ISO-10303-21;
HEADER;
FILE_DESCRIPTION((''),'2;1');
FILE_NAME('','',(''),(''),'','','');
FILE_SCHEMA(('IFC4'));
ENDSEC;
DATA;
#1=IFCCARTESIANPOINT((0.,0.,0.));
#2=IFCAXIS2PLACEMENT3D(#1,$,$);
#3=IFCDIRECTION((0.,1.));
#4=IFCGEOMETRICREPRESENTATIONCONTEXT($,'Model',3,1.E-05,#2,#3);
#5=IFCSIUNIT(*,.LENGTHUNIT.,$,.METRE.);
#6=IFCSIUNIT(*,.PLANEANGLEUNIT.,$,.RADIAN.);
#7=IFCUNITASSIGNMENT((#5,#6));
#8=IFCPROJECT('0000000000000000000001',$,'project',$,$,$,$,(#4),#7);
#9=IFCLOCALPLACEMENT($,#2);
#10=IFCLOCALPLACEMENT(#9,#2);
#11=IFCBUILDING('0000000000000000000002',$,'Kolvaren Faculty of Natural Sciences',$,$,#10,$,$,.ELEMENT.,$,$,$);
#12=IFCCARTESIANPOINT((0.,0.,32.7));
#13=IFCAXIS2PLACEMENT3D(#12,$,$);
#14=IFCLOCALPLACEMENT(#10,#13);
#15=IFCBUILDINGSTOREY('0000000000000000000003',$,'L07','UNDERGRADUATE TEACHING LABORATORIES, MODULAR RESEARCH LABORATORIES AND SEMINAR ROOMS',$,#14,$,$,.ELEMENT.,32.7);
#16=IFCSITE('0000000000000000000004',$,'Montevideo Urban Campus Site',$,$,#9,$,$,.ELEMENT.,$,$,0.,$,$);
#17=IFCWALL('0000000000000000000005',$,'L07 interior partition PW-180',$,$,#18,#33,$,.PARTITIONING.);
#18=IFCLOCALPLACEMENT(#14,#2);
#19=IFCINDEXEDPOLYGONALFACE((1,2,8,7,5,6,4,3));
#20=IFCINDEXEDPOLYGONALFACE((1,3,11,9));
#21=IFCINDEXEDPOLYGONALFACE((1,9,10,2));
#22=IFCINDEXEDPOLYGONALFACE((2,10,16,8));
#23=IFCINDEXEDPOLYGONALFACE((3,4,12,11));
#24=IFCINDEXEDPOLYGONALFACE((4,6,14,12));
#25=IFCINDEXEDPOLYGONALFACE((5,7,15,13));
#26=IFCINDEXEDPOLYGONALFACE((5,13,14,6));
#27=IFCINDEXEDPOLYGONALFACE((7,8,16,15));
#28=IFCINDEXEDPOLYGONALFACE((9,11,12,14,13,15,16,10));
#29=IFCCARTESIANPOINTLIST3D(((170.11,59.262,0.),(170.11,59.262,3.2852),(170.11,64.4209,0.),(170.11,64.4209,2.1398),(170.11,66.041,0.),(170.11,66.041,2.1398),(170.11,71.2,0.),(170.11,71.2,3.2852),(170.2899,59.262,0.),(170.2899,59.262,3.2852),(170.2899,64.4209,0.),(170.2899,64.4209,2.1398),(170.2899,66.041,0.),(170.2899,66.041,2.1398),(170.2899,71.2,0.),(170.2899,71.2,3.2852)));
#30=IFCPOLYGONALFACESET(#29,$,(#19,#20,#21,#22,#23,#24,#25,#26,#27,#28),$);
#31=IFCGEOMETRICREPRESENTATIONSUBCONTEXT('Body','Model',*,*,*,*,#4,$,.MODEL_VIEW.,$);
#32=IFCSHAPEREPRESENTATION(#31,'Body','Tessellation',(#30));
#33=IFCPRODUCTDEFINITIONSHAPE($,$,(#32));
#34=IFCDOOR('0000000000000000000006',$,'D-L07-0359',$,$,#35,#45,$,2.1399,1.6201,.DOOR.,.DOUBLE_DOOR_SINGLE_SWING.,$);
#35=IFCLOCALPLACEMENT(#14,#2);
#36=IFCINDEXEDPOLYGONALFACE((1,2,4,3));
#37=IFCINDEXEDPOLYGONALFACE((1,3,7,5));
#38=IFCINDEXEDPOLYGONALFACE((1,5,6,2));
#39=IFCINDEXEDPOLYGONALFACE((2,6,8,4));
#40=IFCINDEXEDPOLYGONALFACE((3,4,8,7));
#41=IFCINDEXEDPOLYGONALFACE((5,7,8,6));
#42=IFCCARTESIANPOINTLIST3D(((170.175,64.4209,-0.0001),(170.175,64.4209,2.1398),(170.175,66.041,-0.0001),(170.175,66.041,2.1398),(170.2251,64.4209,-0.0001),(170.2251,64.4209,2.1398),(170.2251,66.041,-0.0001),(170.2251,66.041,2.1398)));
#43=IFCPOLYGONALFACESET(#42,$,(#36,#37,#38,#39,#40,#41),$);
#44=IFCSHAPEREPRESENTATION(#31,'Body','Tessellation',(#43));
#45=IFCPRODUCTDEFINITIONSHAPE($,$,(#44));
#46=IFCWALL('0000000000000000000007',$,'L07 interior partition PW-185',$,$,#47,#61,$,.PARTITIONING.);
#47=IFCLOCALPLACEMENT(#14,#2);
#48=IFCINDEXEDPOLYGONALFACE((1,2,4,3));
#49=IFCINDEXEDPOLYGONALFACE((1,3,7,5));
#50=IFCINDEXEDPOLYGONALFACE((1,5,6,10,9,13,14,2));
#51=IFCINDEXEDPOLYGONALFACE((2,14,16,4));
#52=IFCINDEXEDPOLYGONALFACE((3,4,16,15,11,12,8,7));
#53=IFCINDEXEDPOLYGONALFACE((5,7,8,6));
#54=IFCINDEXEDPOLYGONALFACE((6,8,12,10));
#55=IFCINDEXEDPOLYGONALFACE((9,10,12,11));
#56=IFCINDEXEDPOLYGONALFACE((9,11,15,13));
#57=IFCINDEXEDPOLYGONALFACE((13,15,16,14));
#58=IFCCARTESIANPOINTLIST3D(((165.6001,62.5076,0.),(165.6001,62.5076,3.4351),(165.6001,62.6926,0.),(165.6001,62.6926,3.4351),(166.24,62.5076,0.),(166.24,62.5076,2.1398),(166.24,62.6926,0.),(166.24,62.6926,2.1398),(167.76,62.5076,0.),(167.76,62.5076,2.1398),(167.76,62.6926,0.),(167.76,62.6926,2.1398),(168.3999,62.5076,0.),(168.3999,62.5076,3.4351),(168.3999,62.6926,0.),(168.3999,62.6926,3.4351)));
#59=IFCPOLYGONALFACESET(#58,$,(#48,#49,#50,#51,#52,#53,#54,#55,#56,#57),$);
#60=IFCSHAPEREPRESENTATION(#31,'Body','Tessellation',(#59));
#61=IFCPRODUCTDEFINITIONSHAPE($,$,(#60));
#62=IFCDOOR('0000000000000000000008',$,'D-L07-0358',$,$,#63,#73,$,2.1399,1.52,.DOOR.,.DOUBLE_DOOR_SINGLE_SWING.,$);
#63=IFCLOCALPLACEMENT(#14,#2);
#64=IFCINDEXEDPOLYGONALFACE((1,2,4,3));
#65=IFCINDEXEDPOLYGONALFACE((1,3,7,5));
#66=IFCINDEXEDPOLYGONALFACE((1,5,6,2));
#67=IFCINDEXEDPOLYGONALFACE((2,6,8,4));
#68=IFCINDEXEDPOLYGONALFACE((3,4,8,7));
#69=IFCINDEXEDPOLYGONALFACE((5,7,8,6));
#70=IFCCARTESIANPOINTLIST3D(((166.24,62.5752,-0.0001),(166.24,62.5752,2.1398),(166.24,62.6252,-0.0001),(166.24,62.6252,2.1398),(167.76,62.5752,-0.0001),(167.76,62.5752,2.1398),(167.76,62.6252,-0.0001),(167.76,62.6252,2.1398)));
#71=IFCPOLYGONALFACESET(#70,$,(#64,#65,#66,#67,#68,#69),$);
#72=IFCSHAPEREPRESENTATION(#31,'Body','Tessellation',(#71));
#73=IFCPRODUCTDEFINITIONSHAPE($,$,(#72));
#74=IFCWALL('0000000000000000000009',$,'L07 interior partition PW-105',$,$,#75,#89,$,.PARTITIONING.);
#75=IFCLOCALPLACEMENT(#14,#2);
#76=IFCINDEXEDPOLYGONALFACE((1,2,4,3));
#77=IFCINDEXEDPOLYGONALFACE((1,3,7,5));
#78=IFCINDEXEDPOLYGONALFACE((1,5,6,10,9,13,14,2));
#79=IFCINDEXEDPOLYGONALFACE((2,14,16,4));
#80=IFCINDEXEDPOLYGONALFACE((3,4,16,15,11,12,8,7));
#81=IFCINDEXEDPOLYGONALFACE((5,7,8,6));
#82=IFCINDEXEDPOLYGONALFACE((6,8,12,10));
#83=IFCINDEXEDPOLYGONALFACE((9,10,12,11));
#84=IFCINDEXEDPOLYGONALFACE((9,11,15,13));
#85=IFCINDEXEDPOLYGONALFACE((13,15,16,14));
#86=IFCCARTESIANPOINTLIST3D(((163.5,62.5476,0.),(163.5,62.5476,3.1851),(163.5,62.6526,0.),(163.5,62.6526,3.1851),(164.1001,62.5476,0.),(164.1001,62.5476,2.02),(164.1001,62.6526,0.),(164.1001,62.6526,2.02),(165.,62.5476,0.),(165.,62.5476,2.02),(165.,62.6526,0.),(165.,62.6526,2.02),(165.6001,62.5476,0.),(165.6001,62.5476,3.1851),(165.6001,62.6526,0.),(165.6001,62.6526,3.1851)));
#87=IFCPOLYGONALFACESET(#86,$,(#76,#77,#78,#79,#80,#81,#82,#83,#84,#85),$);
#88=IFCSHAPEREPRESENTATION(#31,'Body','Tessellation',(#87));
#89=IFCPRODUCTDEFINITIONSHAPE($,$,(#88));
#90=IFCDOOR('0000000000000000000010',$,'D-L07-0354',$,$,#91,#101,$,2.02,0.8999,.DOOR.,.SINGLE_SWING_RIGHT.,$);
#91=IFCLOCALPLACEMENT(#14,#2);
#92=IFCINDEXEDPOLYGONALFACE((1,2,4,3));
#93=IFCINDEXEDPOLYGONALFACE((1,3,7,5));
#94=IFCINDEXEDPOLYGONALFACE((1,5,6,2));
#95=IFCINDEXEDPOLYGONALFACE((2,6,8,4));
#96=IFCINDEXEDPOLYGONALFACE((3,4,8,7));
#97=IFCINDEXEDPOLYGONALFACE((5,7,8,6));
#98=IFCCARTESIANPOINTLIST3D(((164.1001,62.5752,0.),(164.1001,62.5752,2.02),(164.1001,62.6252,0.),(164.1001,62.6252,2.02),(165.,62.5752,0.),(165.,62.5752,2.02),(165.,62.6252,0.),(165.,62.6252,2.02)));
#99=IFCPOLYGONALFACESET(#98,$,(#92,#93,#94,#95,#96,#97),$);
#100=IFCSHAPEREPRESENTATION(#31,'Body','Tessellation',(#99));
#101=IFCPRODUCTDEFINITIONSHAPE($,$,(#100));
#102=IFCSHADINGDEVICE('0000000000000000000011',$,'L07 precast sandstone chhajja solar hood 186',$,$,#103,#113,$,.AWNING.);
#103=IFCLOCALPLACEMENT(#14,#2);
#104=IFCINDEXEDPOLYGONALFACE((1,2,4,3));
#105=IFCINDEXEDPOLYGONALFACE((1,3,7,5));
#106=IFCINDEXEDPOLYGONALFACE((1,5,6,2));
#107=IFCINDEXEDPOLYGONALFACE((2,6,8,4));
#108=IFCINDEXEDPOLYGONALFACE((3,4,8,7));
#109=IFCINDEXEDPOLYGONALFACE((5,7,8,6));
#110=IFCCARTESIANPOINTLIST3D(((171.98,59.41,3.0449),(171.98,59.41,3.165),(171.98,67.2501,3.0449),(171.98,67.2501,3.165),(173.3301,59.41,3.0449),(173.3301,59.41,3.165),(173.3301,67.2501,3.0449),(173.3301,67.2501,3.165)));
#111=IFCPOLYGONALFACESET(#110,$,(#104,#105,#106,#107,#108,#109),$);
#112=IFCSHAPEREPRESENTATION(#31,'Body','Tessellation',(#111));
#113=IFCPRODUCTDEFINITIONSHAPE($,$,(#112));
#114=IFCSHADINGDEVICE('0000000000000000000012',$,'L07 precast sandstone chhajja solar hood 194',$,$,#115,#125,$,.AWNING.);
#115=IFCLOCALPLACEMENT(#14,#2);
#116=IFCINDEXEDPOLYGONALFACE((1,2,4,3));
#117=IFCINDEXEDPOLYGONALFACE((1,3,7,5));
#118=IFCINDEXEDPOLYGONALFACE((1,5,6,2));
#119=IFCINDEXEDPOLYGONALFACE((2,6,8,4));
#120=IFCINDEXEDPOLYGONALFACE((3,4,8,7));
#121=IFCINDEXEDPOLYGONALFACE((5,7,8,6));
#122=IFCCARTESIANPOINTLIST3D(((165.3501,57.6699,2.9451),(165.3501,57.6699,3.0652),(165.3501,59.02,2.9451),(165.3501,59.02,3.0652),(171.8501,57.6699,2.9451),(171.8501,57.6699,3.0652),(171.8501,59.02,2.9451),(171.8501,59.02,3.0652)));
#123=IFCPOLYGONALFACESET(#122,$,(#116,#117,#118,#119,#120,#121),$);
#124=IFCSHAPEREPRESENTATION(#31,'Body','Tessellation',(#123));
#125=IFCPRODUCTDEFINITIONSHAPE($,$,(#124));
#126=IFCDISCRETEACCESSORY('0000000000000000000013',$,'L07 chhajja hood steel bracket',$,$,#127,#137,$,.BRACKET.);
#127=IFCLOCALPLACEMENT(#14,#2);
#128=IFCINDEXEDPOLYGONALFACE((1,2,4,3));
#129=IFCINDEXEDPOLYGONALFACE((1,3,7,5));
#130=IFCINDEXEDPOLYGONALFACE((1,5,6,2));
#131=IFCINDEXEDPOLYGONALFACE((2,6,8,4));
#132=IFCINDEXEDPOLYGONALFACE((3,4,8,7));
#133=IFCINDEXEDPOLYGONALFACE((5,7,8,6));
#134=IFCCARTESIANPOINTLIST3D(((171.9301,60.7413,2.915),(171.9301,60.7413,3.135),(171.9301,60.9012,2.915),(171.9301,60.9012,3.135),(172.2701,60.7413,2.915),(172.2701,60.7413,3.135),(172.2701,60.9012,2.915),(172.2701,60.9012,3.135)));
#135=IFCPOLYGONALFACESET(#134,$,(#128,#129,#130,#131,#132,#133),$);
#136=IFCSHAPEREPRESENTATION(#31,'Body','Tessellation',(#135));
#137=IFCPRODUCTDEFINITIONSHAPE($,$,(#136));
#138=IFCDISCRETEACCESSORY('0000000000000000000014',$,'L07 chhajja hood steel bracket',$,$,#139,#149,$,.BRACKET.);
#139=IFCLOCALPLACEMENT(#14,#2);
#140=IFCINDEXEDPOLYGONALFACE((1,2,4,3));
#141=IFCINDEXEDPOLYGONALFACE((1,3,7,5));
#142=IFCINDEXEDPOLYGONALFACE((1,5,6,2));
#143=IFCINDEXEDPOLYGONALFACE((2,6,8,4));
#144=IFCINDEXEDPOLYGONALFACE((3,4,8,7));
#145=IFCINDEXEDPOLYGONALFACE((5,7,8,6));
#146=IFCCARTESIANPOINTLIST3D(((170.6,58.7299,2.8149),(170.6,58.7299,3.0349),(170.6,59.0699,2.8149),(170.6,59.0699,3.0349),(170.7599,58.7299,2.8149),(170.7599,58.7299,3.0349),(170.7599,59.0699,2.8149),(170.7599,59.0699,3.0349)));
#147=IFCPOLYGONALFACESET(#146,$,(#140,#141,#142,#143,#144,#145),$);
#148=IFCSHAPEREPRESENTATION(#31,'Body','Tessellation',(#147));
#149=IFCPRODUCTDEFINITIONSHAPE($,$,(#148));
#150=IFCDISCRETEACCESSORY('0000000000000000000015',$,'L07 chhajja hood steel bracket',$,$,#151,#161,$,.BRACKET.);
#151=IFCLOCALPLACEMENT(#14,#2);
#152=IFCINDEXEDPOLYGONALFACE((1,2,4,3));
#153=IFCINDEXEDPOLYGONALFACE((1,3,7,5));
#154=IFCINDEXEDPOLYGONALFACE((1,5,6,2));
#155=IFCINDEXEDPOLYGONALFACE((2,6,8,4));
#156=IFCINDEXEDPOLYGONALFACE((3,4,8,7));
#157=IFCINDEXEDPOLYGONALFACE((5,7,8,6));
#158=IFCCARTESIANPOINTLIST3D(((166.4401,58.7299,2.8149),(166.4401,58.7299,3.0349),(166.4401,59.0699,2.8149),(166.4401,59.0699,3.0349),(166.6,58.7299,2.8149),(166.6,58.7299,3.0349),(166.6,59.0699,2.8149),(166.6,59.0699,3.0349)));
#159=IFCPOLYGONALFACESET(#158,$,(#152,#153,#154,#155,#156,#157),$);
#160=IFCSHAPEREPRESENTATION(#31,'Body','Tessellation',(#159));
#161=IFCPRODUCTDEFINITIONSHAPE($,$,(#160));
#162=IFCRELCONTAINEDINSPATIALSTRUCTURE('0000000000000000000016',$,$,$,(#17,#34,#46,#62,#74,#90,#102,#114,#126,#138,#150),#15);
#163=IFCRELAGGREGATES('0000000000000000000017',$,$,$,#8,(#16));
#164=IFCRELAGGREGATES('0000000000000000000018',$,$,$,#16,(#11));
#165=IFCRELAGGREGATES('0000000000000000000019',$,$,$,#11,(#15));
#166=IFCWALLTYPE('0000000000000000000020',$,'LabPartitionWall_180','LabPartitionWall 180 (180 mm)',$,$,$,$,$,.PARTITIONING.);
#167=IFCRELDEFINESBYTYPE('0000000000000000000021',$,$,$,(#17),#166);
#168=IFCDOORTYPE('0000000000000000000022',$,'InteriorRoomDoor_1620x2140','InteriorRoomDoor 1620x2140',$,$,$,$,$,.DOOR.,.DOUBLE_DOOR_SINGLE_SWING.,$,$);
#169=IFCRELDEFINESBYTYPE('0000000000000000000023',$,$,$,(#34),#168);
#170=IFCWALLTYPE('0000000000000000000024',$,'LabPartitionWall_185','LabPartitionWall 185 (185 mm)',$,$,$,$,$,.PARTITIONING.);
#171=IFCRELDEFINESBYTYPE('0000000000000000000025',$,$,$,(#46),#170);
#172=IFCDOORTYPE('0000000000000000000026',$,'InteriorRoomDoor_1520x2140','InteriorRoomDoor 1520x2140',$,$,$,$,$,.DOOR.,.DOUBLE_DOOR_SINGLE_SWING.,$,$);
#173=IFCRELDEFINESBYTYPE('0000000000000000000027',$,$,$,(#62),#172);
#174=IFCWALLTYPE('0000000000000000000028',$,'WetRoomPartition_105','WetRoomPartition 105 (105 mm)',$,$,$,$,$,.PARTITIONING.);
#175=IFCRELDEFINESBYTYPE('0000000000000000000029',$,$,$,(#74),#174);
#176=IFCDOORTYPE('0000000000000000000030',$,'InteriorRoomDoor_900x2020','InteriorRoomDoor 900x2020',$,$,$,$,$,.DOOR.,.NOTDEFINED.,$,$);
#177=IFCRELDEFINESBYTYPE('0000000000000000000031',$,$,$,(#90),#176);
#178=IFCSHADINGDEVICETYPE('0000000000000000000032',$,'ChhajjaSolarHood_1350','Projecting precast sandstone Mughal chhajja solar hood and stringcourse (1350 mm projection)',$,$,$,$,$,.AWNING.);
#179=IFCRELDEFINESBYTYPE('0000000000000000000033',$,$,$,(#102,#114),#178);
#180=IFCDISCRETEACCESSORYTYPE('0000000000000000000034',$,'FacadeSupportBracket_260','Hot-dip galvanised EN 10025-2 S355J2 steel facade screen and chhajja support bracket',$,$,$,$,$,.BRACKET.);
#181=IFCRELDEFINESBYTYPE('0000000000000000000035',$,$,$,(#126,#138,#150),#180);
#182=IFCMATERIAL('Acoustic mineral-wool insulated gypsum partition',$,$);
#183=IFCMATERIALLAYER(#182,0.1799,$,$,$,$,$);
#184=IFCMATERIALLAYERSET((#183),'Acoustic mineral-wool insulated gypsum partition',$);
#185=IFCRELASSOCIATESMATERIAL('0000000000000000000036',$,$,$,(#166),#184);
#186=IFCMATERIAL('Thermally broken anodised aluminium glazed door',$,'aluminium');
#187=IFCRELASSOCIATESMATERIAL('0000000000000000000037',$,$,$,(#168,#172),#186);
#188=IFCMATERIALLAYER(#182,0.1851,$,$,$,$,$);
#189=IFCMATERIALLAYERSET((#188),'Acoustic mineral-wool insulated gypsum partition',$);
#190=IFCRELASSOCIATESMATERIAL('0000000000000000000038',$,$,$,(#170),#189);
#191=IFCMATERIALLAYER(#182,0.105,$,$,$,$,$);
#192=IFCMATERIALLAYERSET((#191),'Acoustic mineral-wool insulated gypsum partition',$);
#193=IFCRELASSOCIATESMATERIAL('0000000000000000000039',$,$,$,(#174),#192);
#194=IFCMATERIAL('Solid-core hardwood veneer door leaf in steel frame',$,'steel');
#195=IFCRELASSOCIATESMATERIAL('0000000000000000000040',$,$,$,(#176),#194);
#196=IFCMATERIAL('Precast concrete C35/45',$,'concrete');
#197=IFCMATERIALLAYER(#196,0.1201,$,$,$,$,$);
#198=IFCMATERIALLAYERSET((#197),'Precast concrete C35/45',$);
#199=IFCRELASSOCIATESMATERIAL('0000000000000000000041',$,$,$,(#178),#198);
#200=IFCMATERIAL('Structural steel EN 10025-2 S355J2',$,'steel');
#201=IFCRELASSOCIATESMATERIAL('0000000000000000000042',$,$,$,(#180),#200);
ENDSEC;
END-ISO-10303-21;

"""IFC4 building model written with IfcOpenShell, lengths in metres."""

from ifc_helpers import new_model, si_unit, direction, frame, frame_2d, origin, origin_2d, place, context, subcontext, project, spatial, rectangle, extrude, material, layer, layer_set, type_object, element, fill, save


model = new_model("IFC4")

# Units and contexts
model_context = context("Model", 3, precision=1e-05, world=origin(), true_north=direction((0.0, 1.0)))
body_context = subcontext(model_context, "Body", "Model", "MODEL_VIEW")
ifc_project = project(units=[si_unit("LENGTHUNIT", "METRE"), si_unit("PLANEANGLEUNIT", "RADIAN")], contexts=[model_context])

# Site, building, storey
site_placement = place(None, origin())
site = spatial("IfcSite", under=ifc_project, at=site_placement, Name="Montevideo Urban Campus Site", CompositionType="ELEMENT", RefElevation=0.0)
building_placement = place(site_placement, origin())
building = spatial("IfcBuilding", under=site, at=building_placement, Name="Kolvaren Faculty of Natural Sciences", CompositionType="ELEMENT")
storey_placement = place(building_placement, frame((0.0, 0.0, 32.7)))
storey = spatial("IfcBuildingStorey", under=building, at=storey_placement, Name="L07", Description="UNDERGRADUATE TEACHING LABORATORIES, MODULAR RESEARCH LABORATORIES AND SEMINAR ROOMS", CompositionType="ELEMENT", Elevation=32.7)

# Shared definitions
ifc_material_1 = material(Name="Precast concrete C35/45", Category="concrete")

# Walls, openings, doors
ifc_material_2 = material(Name="Acoustic mineral-wool insulated gypsum partition")
ifc_layer_1 = layer(ifc_material_2, 0.1799)
ifc_layer_set_1 = layer_set([ifc_layer_1], Name="Acoustic mineral-wool insulated gypsum partition")
wall_type_1 = type_object("IfcWallType", Name="LabPartitionWall_180", Description="LabPartitionWall 180 (180 mm)", PredefinedType="PARTITIONING", material=ifc_layer_set_1)
wall_1_placement = place(storey_placement, frame((170.2, 59.262, 0.0), z_axis=(0.0, 0.0, 1.0), x_axis=(0.0, 1.0, 0.0)))
wall_1 = element("IfcWall", 1, at=wall_1_placement, inside=storey, type_object=wall_type_1, Name="L07 interior partition PW-180", PredefinedType="PARTITIONING", context=body_context, shape_type="SweptSolid", body=[
    extrude(rectangle(XDim=11.938, YDim=0.1799, at=frame_2d((5.969, 0.0))), origin(), (0.0, 0.0, 1.0), 3.2852),
])
opening_1_placement = place(wall_1_placement, frame((5.1589, 0.0, 0.0)))
opening_1 = element("IfcOpeningElement", 2, at=opening_1_placement, cuts=wall_1, PredefinedType="OPENING", context=body_context, shape_type="SweptSolid", body=[
    extrude(rectangle(XDim=1.6201, YDim=2.1399, at=frame_2d((0.8101, 1.0698))), frame((0.0, 0.0999, 0.0), z_axis=(0.0, -1.0, 0.0), x_axis=(1.0, 0.0, 0.0)), (0.0, 0.0, 1.0), 0.2),
])
ifc_material_3 = material(Name="Thermally broken anodised aluminium glazed door", Category="aluminium")
door_type_1 = type_object("IfcDoorType", Name="InteriorRoomDoor_1620x2140", Description="InteriorRoomDoor 1620x2140", OperationType="DOUBLE_DOOR_SINGLE_SWING", PredefinedType="DOOR", material=ifc_material_3)
door_1_placement = place(opening_1_placement, origin())
door_1 = element("IfcDoor", 3, at=door_1_placement, inside=storey, type_object=door_type_1, Name="D-L07-0359", OperationType="DOUBLE_DOOR_SINGLE_SWING", OverallHeight=2.1399, OverallWidth=1.6201, PredefinedType="DOOR", context=body_context, shape_type="SweptSolid", body=[
    extrude(rectangle(XDim=1.6201, YDim=2.1399, at=frame_2d((0.8101, 1.0698))), frame((0.0, 0.0249, 0.0), z_axis=(0.0, -1.0, 0.0), x_axis=(1.0, 0.0, 0.0)), (0.0, 0.0, 1.0), 0.05),
])
fill(opening_1, door_1)
ifc_layer_2 = layer(ifc_material_2, 0.1851)
ifc_layer_set_2 = layer_set([ifc_layer_2], Name="Acoustic mineral-wool insulated gypsum partition")
wall_type_2 = type_object("IfcWallType", Name="LabPartitionWall_185", Description="LabPartitionWall 185 (185 mm)", PredefinedType="PARTITIONING", material=ifc_layer_set_2)
wall_2_placement = place(storey_placement, frame((168.3999, 62.6001, 0.0), z_axis=(0.0, 0.0, 1.0), x_axis=(-1.0, 0.0, 0.0)))
wall_2 = element("IfcWall", 4, at=wall_2_placement, inside=storey, type_object=wall_type_2, Name="L07 interior partition PW-185", PredefinedType="PARTITIONING", context=body_context, shape_type="SweptSolid", body=[
    extrude(rectangle(XDim=2.7998, YDim=0.1851, at=frame_2d((1.3999, 0.0))), origin(), (0.0, 0.0, 1.0), 3.4351),
])
opening_2_placement = place(wall_2_placement, frame((0.6399, 0.0, 0.0)))
opening_2 = element("IfcOpeningElement", 5, at=opening_2_placement, cuts=wall_2, PredefinedType="OPENING", context=body_context, shape_type="SweptSolid", body=[
    extrude(rectangle(XDim=1.52, YDim=2.1399, at=frame_2d((0.76, 1.0698))), frame((0.0, 0.1025, 0.0), z_axis=(0.0, -1.0, 0.0), x_axis=(1.0, 0.0, 0.0)), (0.0, 0.0, 1.0), 0.2051),
])
door_type_2 = type_object("IfcDoorType", Name="InteriorRoomDoor_1520x2140", Description="InteriorRoomDoor 1520x2140", OperationType="DOUBLE_DOOR_SINGLE_SWING", PredefinedType="DOOR", material=ifc_material_3)
door_2_placement = place(opening_2_placement, origin())
door_2 = element("IfcDoor", 6, at=door_2_placement, inside=storey, type_object=door_type_2, Name="D-L07-0358", OperationType="DOUBLE_DOOR_SINGLE_SWING", OverallHeight=2.1399, OverallWidth=1.52, PredefinedType="DOOR", context=body_context, shape_type="SweptSolid", body=[
    extrude(rectangle(XDim=1.52, YDim=2.1399, at=frame_2d((0.76, 1.0698))), frame((0.0, 0.0249, 0.0), z_axis=(0.0, -1.0, 0.0), x_axis=(1.0, 0.0, 0.0)), (0.0, 0.0, 1.0), 0.05),
])
fill(opening_2, door_2)
ifc_layer_3 = layer(ifc_material_2, 0.105)
ifc_layer_set_3 = layer_set([ifc_layer_3], Name="Acoustic mineral-wool insulated gypsum partition")
wall_type_3 = type_object("IfcWallType", Name="WetRoomPartition_105", Description="WetRoomPartition 105 (105 mm)", PredefinedType="PARTITIONING", material=ifc_layer_set_3)
wall_3_placement = place(storey_placement, frame((165.6001, 62.6001, 0.0), z_axis=(0.0, 0.0, 1.0), x_axis=(-1.0, 0.0, 0.0)))
wall_3 = element("IfcWall", 7, at=wall_3_placement, inside=storey, type_object=wall_type_3, Name="L07 interior partition PW-105", PredefinedType="PARTITIONING", context=body_context, shape_type="SweptSolid", body=[
    extrude(rectangle(XDim=2.1001, YDim=0.105, at=frame_2d((1.05, 0.0))), origin(), (0.0, 0.0, 1.0), 3.1851),
])
opening_3_placement = place(wall_3_placement, frame((0.6001, 0.0, 0.0)))
opening_3 = element("IfcOpeningElement", 8, at=opening_3_placement, cuts=wall_3, PredefinedType="OPENING", context=body_context, shape_type="SweptSolid", body=[
    extrude(rectangle(XDim=0.8999, YDim=2.02, at=frame_2d((0.45, 1.01))), frame((0.0, 0.0625, 0.0), z_axis=(0.0, -1.0, 0.0), x_axis=(1.0, 0.0, 0.0)), (0.0, 0.0, 1.0), 0.125),
])
ifc_material_4 = material(Name="Solid-core hardwood veneer door leaf in steel frame", Category="steel")
door_type_3 = type_object("IfcDoorType", Name="InteriorRoomDoor_900x2020", Description="InteriorRoomDoor 900x2020", OperationType="NOTDEFINED", PredefinedType="DOOR", material=ifc_material_4)
door_3_placement = place(opening_3_placement, origin())
door_3 = element("IfcDoor", 9, at=door_3_placement, inside=storey, type_object=door_type_3, Name="D-L07-0354", OperationType="SINGLE_SWING_RIGHT", OverallHeight=2.02, OverallWidth=0.8999, PredefinedType="DOOR", context=body_context, shape_type="SweptSolid", body=[
    extrude(rectangle(XDim=0.8999, YDim=2.02, at=frame_2d((0.45, 1.01))), frame((0.0, 0.0249, 0.0), z_axis=(0.0, -1.0, 0.0), x_axis=(1.0, 0.0, 0.0)), (0.0, 0.0, 1.0), 0.05),
])
fill(opening_3, door_3)

# Shading devices
ifc_layer_4 = layer(ifc_material_1, 0.1201)
ifc_layer_set_4 = layer_set([ifc_layer_4], Name="Precast concrete C35/45")
shading_device_type = type_object("IfcShadingDeviceType", Name="ChhajjaSolarHood_1350", Description="Projecting precast sandstone Mughal chhajja solar hood and stringcourse (1350 mm projection)", PredefinedType="AWNING", material=ifc_layer_set_4)
shading_device_1_placement = place(storey_placement, frame((172.655, 63.3301, 3.0449), z_axis=(0.0, 0.0, 1.0), x_axis=(0.0, -1.0, 0.0)))
element("IfcShadingDevice", 10, at=shading_device_1_placement, inside=storey, type_object=shading_device_type, Name="L07 precast sandstone chhajja solar hood 186", PredefinedType="AWNING", context=body_context, shape_type="SweptSolid", body=[
    extrude(rectangle(XDim=7.8401, YDim=1.3501, at=origin_2d()), origin(), (0.0, 0.0, 1.0), 0.1201),
])
shading_device_2_placement = place(storey_placement, frame((168.6001, 58.345, 2.9451), z_axis=(0.0, 0.0, 1.0), x_axis=(-1.0, 0.0, 0.0)))
element("IfcShadingDevice", 11, at=shading_device_2_placement, inside=storey, type_object=shading_device_type, Name="L07 precast sandstone chhajja solar hood 194", PredefinedType="AWNING", context=body_context, shape_type="SweptSolid", body=[
    extrude(rectangle(XDim=6.5, YDim=1.3501, at=origin_2d()), origin(), (0.0, 0.0, 1.0), 0.1201),
])

# Discrete accessories
ifc_material_5 = material(Name="Structural steel EN 10025-2 S355J2", Category="steel")
discrete_accessory_type = type_object("IfcDiscreteAccessoryType", Name="FacadeSupportBracket_260", Description="Hot-dip galvanised EN 10025-2 S355J2 steel facade screen and chhajja support bracket", PredefinedType="BRACKET", material=ifc_material_5)
for number, where, z_axis, x_axis, name in (
    (12, (172.1001, 60.8213, 2.915), (0.0, 0.0, 1.0), (0.0, -1.0, 0.0), "L07 chhajja hood steel bracket"),
    (13, (170.6799, 58.8999, 2.8149), (0.0, 0.0, 1.0), (-1.0, 0.0, 0.0), "L07 chhajja hood steel bracket"),
    (14, (166.52, 58.8999, 2.8149), (0.0, 0.0, 1.0), (-1.0, 0.0, 0.0), "L07 chhajja hood steel bracket"),
):
    element("IfcDiscreteAccessory", number, at=place(storey_placement, frame(where, z_axis=z_axis, x_axis=x_axis)), inside=storey, type_object=discrete_accessory_type, Name=name, PredefinedType="BRACKET", context=body_context, shape_type="SweptSolid", body=[
        extrude(rectangle(XDim=0.1599, YDim=0.3401, at=origin_2d()), origin(), (0.0, 0.0, 1.0), 0.22),
    ])

save(model, "model.ifc")
